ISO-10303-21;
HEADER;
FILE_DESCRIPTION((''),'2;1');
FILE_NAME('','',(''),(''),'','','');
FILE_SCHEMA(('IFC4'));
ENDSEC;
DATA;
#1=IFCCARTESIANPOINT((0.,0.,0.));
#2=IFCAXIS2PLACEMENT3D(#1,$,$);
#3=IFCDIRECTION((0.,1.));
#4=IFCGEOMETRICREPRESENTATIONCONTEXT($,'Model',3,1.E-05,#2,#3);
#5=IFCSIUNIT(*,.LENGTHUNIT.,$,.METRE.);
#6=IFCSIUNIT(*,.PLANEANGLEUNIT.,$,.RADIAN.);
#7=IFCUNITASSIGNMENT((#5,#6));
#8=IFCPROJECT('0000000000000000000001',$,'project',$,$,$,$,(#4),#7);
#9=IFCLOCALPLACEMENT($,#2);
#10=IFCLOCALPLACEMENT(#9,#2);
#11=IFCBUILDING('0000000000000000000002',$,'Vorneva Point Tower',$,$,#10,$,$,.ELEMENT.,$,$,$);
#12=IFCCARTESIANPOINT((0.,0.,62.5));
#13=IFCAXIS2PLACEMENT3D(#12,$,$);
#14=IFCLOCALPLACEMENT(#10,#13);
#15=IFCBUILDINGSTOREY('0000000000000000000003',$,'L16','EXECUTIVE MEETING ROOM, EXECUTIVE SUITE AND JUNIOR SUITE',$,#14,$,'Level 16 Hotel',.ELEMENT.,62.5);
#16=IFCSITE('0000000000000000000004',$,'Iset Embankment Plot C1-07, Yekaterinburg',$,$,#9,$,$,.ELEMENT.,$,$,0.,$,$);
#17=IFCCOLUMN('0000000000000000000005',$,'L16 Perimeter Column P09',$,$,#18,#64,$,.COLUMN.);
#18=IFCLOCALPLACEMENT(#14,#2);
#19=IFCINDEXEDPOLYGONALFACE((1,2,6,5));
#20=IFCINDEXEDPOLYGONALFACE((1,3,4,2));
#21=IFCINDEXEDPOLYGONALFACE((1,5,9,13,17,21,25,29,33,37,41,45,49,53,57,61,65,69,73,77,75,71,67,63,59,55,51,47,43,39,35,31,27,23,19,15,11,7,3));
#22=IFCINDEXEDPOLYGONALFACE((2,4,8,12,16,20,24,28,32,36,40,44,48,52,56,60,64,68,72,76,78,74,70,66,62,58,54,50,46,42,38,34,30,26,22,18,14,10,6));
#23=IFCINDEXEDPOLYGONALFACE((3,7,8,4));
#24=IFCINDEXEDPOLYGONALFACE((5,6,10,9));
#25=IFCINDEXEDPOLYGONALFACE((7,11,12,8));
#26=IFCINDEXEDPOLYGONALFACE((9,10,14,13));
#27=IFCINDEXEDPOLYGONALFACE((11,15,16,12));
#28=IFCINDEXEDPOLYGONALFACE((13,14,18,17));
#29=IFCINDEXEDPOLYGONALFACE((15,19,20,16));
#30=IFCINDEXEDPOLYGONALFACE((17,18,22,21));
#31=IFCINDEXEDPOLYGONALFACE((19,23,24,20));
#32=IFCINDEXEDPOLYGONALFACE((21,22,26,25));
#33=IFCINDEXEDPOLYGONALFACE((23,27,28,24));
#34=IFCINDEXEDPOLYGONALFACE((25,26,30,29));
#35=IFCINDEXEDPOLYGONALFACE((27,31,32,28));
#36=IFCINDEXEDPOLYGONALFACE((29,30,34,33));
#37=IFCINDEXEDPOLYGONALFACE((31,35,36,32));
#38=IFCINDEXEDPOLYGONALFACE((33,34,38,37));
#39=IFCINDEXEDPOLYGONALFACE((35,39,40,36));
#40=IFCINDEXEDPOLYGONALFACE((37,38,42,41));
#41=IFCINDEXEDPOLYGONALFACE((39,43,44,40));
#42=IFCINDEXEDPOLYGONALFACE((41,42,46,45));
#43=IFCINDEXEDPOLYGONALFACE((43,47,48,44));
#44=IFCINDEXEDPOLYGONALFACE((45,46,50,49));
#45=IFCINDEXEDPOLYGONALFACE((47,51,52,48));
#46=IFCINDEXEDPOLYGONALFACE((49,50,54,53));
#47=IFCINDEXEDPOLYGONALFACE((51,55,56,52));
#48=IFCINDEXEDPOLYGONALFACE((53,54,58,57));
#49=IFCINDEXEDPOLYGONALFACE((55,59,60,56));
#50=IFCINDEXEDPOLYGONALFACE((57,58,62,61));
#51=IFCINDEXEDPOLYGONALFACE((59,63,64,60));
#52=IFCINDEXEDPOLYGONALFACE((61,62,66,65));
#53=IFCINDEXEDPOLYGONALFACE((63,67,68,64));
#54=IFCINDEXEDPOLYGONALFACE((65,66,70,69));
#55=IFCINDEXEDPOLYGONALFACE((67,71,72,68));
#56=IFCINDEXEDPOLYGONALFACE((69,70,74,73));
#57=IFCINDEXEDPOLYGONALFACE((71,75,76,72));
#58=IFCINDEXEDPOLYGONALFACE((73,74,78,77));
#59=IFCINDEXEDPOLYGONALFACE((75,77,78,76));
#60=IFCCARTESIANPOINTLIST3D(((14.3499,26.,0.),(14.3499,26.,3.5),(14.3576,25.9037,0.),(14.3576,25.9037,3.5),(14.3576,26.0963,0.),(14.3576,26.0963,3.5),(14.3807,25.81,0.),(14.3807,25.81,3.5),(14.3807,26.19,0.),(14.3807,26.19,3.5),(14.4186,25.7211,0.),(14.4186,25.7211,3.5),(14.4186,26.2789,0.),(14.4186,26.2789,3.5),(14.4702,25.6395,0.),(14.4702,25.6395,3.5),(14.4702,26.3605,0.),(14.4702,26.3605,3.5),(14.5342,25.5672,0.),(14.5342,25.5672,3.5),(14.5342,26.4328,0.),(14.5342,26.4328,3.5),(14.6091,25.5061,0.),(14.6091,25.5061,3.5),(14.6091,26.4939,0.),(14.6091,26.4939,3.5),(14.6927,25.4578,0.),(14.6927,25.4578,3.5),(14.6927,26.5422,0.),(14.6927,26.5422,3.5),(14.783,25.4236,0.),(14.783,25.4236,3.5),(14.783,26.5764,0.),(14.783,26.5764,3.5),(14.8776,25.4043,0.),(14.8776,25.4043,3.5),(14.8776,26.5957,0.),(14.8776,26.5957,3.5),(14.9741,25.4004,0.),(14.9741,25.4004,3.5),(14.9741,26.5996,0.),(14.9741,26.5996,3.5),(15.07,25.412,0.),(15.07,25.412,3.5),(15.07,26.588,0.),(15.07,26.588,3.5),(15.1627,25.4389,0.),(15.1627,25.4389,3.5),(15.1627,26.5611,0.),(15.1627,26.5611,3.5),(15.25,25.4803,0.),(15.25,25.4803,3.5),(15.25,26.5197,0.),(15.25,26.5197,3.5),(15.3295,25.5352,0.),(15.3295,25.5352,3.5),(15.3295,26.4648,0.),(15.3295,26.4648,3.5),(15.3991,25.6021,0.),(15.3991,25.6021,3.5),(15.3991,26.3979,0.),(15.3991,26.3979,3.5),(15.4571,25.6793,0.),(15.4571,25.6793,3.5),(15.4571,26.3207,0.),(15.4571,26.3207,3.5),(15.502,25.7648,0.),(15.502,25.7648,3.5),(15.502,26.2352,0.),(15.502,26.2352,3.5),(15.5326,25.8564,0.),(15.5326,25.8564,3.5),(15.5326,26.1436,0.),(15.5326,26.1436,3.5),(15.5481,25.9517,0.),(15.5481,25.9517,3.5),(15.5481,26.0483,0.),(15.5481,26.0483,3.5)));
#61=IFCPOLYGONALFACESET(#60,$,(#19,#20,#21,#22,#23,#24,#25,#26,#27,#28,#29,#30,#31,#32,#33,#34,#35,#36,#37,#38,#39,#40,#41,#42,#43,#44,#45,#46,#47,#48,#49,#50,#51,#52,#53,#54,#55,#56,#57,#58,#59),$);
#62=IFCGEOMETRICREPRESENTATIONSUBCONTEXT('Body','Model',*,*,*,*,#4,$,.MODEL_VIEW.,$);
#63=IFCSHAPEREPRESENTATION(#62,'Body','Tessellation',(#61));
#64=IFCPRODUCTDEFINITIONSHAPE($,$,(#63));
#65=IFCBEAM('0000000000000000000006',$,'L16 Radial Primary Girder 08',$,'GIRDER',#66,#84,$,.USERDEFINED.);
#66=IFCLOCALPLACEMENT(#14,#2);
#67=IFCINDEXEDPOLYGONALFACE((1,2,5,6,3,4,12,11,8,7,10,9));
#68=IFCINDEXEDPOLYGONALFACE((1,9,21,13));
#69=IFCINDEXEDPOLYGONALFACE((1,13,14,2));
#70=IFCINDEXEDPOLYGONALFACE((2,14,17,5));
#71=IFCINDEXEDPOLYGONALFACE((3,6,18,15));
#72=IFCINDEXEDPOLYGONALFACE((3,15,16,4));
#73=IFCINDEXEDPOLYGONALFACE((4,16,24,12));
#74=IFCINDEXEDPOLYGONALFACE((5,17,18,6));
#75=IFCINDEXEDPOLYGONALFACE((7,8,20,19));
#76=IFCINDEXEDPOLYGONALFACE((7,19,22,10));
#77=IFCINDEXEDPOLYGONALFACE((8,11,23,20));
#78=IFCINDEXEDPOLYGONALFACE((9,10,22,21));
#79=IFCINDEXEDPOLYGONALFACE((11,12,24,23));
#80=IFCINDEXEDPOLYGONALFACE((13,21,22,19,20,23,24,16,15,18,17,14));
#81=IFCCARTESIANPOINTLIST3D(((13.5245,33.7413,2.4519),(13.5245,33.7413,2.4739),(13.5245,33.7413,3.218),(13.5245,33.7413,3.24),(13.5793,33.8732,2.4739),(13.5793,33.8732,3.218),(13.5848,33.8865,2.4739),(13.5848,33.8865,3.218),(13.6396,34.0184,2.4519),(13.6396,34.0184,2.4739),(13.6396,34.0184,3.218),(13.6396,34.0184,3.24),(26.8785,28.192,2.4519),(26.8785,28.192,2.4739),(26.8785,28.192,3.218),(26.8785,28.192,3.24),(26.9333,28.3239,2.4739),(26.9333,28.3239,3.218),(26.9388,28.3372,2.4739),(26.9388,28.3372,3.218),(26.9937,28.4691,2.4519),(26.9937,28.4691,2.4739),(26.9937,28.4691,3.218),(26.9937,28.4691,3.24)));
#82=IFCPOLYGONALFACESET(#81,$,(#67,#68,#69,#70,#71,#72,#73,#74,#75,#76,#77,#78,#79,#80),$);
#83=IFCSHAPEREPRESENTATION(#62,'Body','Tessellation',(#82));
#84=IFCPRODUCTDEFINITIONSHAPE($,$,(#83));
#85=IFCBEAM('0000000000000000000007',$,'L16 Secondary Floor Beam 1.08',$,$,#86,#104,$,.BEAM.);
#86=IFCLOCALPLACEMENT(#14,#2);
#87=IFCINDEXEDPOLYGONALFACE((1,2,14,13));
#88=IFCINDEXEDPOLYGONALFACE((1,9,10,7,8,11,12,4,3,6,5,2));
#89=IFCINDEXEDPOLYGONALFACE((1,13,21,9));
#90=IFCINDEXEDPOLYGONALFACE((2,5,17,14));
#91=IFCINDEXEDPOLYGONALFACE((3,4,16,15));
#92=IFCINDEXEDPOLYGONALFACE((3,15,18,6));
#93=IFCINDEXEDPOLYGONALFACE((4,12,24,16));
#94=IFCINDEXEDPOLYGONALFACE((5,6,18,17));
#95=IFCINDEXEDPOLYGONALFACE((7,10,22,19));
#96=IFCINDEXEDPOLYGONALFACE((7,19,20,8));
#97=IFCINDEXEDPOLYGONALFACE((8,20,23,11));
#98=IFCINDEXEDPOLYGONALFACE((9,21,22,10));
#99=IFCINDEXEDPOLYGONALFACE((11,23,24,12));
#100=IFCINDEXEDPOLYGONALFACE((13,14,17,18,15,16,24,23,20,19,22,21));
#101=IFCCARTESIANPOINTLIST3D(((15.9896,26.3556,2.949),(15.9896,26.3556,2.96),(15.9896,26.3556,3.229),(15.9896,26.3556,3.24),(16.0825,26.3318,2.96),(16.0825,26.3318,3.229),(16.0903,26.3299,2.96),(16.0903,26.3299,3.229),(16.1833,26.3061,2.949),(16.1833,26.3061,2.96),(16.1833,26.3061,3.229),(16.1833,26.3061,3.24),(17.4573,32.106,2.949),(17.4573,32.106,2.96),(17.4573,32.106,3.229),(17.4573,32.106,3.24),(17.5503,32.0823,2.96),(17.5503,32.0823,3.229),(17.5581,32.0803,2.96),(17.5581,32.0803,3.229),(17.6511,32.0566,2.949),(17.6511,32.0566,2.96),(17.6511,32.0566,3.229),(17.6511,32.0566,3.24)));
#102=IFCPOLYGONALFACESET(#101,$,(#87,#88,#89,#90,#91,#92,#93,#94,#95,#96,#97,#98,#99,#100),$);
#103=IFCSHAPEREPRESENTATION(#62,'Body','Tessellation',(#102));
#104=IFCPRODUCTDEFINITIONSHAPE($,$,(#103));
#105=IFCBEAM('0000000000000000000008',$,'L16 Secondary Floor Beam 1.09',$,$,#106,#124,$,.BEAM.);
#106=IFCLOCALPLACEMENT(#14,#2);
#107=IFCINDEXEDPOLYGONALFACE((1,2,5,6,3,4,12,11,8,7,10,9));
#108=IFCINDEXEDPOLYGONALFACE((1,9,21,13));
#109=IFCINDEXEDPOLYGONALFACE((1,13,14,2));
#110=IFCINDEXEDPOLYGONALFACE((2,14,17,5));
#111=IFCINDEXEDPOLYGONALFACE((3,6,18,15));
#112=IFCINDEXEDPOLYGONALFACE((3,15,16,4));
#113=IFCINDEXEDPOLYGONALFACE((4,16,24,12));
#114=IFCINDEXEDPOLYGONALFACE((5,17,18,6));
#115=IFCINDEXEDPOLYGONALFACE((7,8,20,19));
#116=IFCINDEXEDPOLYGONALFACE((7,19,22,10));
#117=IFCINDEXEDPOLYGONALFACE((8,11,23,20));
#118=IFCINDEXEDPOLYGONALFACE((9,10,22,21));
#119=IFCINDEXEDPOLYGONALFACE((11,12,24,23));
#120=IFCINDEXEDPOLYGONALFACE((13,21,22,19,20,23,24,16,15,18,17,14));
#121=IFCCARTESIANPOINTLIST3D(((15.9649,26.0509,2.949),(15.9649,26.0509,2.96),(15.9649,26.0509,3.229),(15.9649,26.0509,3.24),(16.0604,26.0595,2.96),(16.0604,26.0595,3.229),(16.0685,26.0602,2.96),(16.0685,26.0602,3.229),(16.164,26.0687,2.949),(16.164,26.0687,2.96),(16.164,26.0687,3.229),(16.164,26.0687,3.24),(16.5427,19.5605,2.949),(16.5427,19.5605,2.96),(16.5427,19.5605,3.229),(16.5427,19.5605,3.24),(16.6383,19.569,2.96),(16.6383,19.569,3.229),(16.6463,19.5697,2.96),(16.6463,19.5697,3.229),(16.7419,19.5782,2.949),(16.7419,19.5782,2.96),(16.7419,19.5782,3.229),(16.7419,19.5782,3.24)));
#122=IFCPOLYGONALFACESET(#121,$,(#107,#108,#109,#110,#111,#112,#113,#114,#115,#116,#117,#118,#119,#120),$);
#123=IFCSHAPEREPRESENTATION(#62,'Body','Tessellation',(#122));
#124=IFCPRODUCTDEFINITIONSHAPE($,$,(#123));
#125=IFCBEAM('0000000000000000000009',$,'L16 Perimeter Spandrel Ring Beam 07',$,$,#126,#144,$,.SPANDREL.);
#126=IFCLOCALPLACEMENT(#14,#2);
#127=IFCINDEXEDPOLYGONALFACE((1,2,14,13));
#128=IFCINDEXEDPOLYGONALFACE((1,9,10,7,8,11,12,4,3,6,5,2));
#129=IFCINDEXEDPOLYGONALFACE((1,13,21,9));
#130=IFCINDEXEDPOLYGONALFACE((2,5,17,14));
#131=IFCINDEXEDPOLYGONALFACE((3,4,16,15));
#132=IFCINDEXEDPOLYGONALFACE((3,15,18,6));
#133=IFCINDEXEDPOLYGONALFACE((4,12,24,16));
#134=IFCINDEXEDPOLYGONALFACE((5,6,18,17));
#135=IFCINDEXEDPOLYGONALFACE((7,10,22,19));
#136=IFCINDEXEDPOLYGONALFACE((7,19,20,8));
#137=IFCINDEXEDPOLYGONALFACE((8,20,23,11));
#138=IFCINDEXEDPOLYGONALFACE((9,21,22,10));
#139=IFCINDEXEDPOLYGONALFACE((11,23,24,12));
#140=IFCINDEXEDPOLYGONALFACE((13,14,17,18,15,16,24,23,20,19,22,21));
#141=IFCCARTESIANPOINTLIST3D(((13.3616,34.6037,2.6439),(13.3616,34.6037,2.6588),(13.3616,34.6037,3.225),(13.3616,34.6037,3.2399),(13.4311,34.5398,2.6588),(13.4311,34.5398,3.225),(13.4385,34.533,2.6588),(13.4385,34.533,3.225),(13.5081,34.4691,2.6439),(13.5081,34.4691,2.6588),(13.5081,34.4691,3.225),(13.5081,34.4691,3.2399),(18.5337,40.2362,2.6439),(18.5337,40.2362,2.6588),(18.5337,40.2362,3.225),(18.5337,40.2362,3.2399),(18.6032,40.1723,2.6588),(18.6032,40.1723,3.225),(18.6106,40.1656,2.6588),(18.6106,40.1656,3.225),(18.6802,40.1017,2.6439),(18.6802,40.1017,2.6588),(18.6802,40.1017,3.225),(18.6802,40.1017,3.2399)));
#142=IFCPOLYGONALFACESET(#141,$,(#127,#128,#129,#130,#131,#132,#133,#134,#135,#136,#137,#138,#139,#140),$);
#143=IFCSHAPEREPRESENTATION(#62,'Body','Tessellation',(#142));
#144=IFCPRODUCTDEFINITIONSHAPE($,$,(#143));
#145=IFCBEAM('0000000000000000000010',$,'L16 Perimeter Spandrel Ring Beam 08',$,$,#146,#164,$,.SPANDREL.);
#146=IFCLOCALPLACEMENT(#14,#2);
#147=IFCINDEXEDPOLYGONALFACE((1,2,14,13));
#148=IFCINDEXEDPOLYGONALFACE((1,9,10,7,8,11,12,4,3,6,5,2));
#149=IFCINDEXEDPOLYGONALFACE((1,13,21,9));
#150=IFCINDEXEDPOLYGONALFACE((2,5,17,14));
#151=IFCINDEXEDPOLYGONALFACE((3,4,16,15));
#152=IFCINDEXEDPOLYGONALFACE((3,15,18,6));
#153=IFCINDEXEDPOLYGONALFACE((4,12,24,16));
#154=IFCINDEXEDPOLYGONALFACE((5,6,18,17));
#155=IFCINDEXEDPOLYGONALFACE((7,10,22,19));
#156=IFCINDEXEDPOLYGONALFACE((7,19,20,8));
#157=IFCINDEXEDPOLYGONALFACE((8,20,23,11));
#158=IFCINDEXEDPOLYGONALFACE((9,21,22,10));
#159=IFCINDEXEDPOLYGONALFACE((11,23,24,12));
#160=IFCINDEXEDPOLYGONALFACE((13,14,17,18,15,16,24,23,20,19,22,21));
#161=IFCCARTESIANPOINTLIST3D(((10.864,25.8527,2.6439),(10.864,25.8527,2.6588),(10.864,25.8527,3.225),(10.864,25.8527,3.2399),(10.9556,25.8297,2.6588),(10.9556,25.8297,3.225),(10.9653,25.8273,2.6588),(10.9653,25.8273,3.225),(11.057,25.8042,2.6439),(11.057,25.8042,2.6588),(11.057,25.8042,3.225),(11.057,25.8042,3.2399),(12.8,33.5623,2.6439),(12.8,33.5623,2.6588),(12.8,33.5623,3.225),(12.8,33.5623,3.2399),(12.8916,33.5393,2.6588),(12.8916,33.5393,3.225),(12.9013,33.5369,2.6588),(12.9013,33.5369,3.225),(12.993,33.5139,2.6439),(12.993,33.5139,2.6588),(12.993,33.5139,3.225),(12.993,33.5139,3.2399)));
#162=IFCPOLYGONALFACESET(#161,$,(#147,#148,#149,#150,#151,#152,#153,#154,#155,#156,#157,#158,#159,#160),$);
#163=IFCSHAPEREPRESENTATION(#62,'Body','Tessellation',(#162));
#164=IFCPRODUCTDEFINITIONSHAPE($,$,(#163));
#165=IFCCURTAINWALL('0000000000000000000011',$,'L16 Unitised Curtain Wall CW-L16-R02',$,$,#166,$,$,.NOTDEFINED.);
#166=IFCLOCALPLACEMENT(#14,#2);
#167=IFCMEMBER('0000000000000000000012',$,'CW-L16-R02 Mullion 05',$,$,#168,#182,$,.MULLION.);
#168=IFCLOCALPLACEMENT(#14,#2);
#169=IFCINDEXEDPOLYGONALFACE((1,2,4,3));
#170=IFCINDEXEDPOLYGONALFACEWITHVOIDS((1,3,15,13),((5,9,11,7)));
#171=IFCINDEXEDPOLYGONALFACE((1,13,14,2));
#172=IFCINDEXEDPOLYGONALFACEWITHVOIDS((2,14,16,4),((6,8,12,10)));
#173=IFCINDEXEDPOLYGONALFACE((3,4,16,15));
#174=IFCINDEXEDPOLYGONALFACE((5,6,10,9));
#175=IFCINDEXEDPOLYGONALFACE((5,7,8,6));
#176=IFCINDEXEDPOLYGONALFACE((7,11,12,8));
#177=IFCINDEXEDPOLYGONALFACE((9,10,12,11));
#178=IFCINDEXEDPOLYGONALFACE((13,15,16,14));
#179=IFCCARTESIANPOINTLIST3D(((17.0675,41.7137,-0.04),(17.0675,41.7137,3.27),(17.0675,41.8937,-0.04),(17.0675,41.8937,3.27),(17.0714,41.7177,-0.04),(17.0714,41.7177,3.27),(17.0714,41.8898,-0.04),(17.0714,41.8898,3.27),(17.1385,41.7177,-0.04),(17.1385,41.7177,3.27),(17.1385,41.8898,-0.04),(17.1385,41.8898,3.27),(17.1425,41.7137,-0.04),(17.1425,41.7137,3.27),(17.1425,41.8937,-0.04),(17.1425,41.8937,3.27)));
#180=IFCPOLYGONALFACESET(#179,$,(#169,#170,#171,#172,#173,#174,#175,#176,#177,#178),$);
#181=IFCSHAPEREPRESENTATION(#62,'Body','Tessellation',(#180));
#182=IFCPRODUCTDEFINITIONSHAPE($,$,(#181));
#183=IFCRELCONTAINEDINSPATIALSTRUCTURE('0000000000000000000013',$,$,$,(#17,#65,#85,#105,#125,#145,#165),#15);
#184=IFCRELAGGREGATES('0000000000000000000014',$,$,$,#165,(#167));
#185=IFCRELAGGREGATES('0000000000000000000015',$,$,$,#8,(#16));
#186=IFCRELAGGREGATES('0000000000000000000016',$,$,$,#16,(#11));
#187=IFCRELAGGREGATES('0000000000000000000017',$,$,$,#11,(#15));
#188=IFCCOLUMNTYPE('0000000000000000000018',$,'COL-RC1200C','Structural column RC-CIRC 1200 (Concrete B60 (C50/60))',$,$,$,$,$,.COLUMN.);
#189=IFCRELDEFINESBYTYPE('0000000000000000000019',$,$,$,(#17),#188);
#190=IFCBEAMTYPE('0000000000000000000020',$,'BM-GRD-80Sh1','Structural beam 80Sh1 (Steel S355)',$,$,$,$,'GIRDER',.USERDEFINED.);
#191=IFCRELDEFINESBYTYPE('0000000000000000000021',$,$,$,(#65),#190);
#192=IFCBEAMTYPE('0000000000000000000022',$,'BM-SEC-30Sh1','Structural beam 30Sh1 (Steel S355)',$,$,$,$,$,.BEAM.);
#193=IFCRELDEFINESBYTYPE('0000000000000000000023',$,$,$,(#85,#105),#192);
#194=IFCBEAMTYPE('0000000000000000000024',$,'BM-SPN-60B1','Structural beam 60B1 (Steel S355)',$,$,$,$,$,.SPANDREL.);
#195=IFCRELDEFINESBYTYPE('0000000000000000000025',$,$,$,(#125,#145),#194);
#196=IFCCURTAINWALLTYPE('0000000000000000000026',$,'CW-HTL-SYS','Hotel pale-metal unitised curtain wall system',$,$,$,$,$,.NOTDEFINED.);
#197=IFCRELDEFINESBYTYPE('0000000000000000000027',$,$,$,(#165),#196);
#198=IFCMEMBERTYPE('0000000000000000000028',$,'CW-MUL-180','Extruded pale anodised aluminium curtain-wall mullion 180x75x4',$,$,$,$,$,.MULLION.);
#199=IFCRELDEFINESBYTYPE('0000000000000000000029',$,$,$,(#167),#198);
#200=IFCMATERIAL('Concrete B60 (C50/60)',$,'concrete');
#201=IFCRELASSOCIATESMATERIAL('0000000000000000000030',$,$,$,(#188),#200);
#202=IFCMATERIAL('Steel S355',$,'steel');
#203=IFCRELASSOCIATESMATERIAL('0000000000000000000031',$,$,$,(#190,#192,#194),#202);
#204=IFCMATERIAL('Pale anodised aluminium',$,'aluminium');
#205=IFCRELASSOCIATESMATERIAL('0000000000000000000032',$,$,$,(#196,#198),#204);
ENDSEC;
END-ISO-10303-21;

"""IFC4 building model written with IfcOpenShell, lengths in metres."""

from ifc_helpers import new_model, si_unit, direction, frame, origin, origin_2d, place, context, subcontext, project, spatial, hollow_rectangle, circle, i_section, extrude, material, material_profile, profile_set, type_object, element, aggregate, save


model = new_model("IFC4")

# Units and contexts
model_context = context("Model", 3, precision=1e-05, world=origin(), true_north=direction((0.0, 1.0)))
body_context = subcontext(model_context, "Body", "Model", "MODEL_VIEW")
ifc_project = project(units=[si_unit("LENGTHUNIT", "METRE"), si_unit("PLANEANGLEUNIT", "RADIAN")], contexts=[model_context])

# Site, building, storey
site_placement = place(None, origin())
site = spatial("IfcSite", under=ifc_project, at=site_placement, Name="Iset Embankment Plot C1-07, Yekaterinburg", CompositionType="ELEMENT", RefElevation=0.0)
building_placement = place(site_placement, origin())
building = spatial("IfcBuilding", under=site, at=building_placement, Name="Vorneva Point Tower", CompositionType="ELEMENT")
storey_placement = place(building_placement, frame((0.0, 0.0, 62.5)))
storey = spatial("IfcBuildingStorey", under=building, at=storey_placement, Name="L16", Description="EXECUTIVE MEETING ROOM, EXECUTIVE SUITE AND JUNIOR SUITE", LongName="Level 16 Hotel", CompositionType="ELEMENT", Elevation=62.5)

# Column
ifc_material_1 = material(Name="Concrete B60 (C50/60)", Category="concrete")
ifc_material_profile_1 = material_profile(ifc_material_1, circle(Radius=0.6001, at=origin_2d()), Name="RC-CIRC 1200")
ifc_profile_set_1 = profile_set([ifc_material_profile_1], Name="Concrete B60 (C50/60)")
column_type = type_object("IfcColumnType", Name="COL-RC1200C", Description="Structural column RC-CIRC 1200 (Concrete B60 (C50/60))", PredefinedType="COLUMN", material=ifc_profile_set_1)
for number, where, z_axis, x_axis, name in (
    (1, (14.95, 26.0, 0.0), (0.0, 0.0, 1.0), (-1.0, 0.0, 0.0), "L16 Perimeter Column P09"),
):
    element("IfcColumn", number, at=place(storey_placement, frame(where, z_axis=z_axis, x_axis=x_axis)), inside=storey, type_object=column_type, Name=name, PredefinedType="COLUMN", context=body_context, shape_type="SweptSolid", body=[
        extrude(circle(Radius=0.6001, at=origin_2d()), origin(), (0.0, 0.0, 1.0), 3.5),
    ])

# Beams
ifc_material_2 = material(Name="Steel S355", Category="steel")
ifc_material_profile_2 = material_profile(ifc_material_2, i_section(OverallWidth=0.3, OverallDepth=0.7881, WebThickness=0.0144, FlangeThickness=0.022, at=origin_2d()), Name="80Sh1")
ifc_profile_set_2 = profile_set([ifc_material_profile_2], Name="Steel S355")
beam_type_1 = type_object("IfcBeamType", Name="BM-GRD-80Sh1", Description="Structural beam 80Sh1 (Steel S355)", ElementType="GIRDER", PredefinedType="USERDEFINED", material=ifc_profile_set_2)
beam_1_placement = place(storey_placement, frame((13.582, 33.8799, 2.8459), z_axis=(0.923441, -0.38374, 0.0), x_axis=(0.38374, 0.923441, 0.0)))
element("IfcBeam", 2, at=beam_1_placement, inside=storey, type_object=beam_type_1, Name="L16 Radial Primary Girder 08", ObjectType="GIRDER", PredefinedType="USERDEFINED", context=body_context, shape_type="SweptSolid", body=[
    extrude(i_section(OverallWidth=0.3, OverallDepth=0.7881, WebThickness=0.0144, FlangeThickness=0.022, at=origin_2d()), origin(), (0.0, 0.0, 1.0), 14.4612),
])
ifc_material_profile_3 = material_profile(ifc_material_2, i_section(OverallWidth=0.2, OverallDepth=0.291, WebThickness=0.0081, FlangeThickness=0.011, at=origin_2d()), Name="30Sh1")
ifc_profile_set_3 = profile_set([ifc_material_profile_3], Name="Steel S355")
beam_type_2 = type_object("IfcBeamType", Name="BM-SEC-30Sh1", Description="Structural beam 30Sh1 (Steel S355)", PredefinedType="BEAM", material=ifc_profile_set_3)
beam_2_placement = place(storey_placement, frame((17.5542, 32.0813, 3.0945), z_axis=(-0.247314, -0.968935, 0.0), x_axis=(0.968935, -0.247314, 0.0)))
element("IfcBeam", 3, at=beam_2_placement, inside=storey, type_object=beam_type_2, Name="L16 Secondary Floor Beam 1.08", PredefinedType="BEAM", context=body_context, shape_type="SweptSolid", body=[
    extrude(i_section(OverallWidth=0.2, OverallDepth=0.291, WebThickness=0.0081, FlangeThickness=0.011, at=origin_2d()), origin(), (0.0, 0.0, 1.0), 5.9348),
])
beam_3_placement = place(storey_placement, frame((16.0645, 26.0598, 3.0945), z_axis=(0.088684, -0.99606, 0.0), x_axis=(0.99606, 0.088684, 0.0)))
element("IfcBeam", 4, at=beam_3_placement, inside=storey, type_object=beam_type_2, Name="L16 Secondary Floor Beam 1.09", PredefinedType="BEAM", context=body_context, shape_type="SweptSolid", body=[
    extrude(i_section(OverallWidth=0.2, OverallDepth=0.291, WebThickness=0.0081, FlangeThickness=0.011, at=origin_2d()), origin(), (0.0, 0.0, 1.0), 6.5161),
])
ifc_material_profile_4 = material_profile(ifc_material_2, i_section(OverallWidth=0.199, OverallDepth=0.5959, WebThickness=0.01, FlangeThickness=0.0149, at=origin_2d()), Name="60B1")
ifc_profile_set_4 = profile_set([ifc_material_profile_4], Name="Steel S355")
beam_type_3 = type_object("IfcBeamType", Name="BM-SPN-60B1", Description="Structural beam 60B1 (Steel S355)", PredefinedType="SPANDREL", material=ifc_profile_set_4)
beam_4_placement = place(storey_placement, frame((18.6069, 40.1689, 2.9419), z_axis=(-0.676359, -0.736572, 0.0), x_axis=(0.736572, -0.676359, 0.0)))
element("IfcBeam", 5, at=beam_4_placement, inside=storey, type_object=beam_type_3, Name="L16 Perimeter Spandrel Ring Beam 07", PredefinedType="SPANDREL", context=body_context, shape_type="SweptSolid", body=[
    extrude(i_section(OverallWidth=0.199, OverallDepth=0.5959, WebThickness=0.01, FlangeThickness=0.0149, at=origin_2d()), origin(), (0.0, 0.0, 1.0), 7.647),
])
beam_5_placement = place(storey_placement, frame((12.8965, 33.5381, 2.9419), z_axis=(-0.243554, -0.969887, 0.0), x_axis=(0.969887, -0.243554, 0.0)))
element("IfcBeam", 6, at=beam_5_placement, inside=storey, type_object=beam_type_3, Name="L16 Perimeter Spandrel Ring Beam 08", PredefinedType="SPANDREL", context=body_context, shape_type="SweptSolid", body=[
    extrude(i_section(OverallWidth=0.199, OverallDepth=0.5959, WebThickness=0.01, FlangeThickness=0.0149, at=origin_2d()), origin(), (0.0, 0.0, 1.0), 7.949),
])

# Curtain wall, member
ifc_material_3 = material(Name="Pale anodised aluminium", Category="aluminium")
curtain_wall_type = type_object("IfcCurtainWallType", Name="CW-HTL-SYS", Description="Hotel pale-metal unitised curtain wall system", PredefinedType="NOTDEFINED", material=ifc_material_3)
curtain_wall_1_placement = place(storey_placement, origin())
curtain_wall_1 = element("IfcCurtainWall", 7, at=curtain_wall_1_placement, inside=storey, type_object=curtain_wall_type, Name="L16 Unitised Curtain Wall CW-L16-R02", PredefinedType="NOTDEFINED")
ifc_material_profile_5 = material_profile(ifc_material_3, hollow_rectangle(XDim=0.075, YDim=0.1799, WallThickness=0.0039, at=origin_2d()), Name="AL-MUL 180x75x4")
ifc_profile_set_5 = profile_set([ifc_material_profile_5], Name="Pale anodised aluminium")
member_type_1 = type_object("IfcMemberType", Name="CW-MUL-180", Description="Extruded pale anodised aluminium curtain-wall mullion 180x75x4", PredefinedType="MULLION", material=ifc_profile_set_5)
member_1_placement = place(storey_placement, frame((17.105, 41.8037, -0.04), z_axis=(0.0, 0.0, 1.0), x_axis=(1.0, 0.0, 0.0)))
member_1 = element("IfcMember", 8, at=member_1_placement, type_object=member_type_1, Name="CW-L16-R02 Mullion 05", PredefinedType="MULLION", context=body_context, shape_type="SweptSolid", body=[
    extrude(hollow_rectangle(XDim=0.075, YDim=0.1799, WallThickness=0.0039, at=origin_2d()), origin(), (0.0, 0.0, 1.0), 3.3101),
])

aggregate(curtain_wall_1, [member_1])

save(model, "model.ifc")
